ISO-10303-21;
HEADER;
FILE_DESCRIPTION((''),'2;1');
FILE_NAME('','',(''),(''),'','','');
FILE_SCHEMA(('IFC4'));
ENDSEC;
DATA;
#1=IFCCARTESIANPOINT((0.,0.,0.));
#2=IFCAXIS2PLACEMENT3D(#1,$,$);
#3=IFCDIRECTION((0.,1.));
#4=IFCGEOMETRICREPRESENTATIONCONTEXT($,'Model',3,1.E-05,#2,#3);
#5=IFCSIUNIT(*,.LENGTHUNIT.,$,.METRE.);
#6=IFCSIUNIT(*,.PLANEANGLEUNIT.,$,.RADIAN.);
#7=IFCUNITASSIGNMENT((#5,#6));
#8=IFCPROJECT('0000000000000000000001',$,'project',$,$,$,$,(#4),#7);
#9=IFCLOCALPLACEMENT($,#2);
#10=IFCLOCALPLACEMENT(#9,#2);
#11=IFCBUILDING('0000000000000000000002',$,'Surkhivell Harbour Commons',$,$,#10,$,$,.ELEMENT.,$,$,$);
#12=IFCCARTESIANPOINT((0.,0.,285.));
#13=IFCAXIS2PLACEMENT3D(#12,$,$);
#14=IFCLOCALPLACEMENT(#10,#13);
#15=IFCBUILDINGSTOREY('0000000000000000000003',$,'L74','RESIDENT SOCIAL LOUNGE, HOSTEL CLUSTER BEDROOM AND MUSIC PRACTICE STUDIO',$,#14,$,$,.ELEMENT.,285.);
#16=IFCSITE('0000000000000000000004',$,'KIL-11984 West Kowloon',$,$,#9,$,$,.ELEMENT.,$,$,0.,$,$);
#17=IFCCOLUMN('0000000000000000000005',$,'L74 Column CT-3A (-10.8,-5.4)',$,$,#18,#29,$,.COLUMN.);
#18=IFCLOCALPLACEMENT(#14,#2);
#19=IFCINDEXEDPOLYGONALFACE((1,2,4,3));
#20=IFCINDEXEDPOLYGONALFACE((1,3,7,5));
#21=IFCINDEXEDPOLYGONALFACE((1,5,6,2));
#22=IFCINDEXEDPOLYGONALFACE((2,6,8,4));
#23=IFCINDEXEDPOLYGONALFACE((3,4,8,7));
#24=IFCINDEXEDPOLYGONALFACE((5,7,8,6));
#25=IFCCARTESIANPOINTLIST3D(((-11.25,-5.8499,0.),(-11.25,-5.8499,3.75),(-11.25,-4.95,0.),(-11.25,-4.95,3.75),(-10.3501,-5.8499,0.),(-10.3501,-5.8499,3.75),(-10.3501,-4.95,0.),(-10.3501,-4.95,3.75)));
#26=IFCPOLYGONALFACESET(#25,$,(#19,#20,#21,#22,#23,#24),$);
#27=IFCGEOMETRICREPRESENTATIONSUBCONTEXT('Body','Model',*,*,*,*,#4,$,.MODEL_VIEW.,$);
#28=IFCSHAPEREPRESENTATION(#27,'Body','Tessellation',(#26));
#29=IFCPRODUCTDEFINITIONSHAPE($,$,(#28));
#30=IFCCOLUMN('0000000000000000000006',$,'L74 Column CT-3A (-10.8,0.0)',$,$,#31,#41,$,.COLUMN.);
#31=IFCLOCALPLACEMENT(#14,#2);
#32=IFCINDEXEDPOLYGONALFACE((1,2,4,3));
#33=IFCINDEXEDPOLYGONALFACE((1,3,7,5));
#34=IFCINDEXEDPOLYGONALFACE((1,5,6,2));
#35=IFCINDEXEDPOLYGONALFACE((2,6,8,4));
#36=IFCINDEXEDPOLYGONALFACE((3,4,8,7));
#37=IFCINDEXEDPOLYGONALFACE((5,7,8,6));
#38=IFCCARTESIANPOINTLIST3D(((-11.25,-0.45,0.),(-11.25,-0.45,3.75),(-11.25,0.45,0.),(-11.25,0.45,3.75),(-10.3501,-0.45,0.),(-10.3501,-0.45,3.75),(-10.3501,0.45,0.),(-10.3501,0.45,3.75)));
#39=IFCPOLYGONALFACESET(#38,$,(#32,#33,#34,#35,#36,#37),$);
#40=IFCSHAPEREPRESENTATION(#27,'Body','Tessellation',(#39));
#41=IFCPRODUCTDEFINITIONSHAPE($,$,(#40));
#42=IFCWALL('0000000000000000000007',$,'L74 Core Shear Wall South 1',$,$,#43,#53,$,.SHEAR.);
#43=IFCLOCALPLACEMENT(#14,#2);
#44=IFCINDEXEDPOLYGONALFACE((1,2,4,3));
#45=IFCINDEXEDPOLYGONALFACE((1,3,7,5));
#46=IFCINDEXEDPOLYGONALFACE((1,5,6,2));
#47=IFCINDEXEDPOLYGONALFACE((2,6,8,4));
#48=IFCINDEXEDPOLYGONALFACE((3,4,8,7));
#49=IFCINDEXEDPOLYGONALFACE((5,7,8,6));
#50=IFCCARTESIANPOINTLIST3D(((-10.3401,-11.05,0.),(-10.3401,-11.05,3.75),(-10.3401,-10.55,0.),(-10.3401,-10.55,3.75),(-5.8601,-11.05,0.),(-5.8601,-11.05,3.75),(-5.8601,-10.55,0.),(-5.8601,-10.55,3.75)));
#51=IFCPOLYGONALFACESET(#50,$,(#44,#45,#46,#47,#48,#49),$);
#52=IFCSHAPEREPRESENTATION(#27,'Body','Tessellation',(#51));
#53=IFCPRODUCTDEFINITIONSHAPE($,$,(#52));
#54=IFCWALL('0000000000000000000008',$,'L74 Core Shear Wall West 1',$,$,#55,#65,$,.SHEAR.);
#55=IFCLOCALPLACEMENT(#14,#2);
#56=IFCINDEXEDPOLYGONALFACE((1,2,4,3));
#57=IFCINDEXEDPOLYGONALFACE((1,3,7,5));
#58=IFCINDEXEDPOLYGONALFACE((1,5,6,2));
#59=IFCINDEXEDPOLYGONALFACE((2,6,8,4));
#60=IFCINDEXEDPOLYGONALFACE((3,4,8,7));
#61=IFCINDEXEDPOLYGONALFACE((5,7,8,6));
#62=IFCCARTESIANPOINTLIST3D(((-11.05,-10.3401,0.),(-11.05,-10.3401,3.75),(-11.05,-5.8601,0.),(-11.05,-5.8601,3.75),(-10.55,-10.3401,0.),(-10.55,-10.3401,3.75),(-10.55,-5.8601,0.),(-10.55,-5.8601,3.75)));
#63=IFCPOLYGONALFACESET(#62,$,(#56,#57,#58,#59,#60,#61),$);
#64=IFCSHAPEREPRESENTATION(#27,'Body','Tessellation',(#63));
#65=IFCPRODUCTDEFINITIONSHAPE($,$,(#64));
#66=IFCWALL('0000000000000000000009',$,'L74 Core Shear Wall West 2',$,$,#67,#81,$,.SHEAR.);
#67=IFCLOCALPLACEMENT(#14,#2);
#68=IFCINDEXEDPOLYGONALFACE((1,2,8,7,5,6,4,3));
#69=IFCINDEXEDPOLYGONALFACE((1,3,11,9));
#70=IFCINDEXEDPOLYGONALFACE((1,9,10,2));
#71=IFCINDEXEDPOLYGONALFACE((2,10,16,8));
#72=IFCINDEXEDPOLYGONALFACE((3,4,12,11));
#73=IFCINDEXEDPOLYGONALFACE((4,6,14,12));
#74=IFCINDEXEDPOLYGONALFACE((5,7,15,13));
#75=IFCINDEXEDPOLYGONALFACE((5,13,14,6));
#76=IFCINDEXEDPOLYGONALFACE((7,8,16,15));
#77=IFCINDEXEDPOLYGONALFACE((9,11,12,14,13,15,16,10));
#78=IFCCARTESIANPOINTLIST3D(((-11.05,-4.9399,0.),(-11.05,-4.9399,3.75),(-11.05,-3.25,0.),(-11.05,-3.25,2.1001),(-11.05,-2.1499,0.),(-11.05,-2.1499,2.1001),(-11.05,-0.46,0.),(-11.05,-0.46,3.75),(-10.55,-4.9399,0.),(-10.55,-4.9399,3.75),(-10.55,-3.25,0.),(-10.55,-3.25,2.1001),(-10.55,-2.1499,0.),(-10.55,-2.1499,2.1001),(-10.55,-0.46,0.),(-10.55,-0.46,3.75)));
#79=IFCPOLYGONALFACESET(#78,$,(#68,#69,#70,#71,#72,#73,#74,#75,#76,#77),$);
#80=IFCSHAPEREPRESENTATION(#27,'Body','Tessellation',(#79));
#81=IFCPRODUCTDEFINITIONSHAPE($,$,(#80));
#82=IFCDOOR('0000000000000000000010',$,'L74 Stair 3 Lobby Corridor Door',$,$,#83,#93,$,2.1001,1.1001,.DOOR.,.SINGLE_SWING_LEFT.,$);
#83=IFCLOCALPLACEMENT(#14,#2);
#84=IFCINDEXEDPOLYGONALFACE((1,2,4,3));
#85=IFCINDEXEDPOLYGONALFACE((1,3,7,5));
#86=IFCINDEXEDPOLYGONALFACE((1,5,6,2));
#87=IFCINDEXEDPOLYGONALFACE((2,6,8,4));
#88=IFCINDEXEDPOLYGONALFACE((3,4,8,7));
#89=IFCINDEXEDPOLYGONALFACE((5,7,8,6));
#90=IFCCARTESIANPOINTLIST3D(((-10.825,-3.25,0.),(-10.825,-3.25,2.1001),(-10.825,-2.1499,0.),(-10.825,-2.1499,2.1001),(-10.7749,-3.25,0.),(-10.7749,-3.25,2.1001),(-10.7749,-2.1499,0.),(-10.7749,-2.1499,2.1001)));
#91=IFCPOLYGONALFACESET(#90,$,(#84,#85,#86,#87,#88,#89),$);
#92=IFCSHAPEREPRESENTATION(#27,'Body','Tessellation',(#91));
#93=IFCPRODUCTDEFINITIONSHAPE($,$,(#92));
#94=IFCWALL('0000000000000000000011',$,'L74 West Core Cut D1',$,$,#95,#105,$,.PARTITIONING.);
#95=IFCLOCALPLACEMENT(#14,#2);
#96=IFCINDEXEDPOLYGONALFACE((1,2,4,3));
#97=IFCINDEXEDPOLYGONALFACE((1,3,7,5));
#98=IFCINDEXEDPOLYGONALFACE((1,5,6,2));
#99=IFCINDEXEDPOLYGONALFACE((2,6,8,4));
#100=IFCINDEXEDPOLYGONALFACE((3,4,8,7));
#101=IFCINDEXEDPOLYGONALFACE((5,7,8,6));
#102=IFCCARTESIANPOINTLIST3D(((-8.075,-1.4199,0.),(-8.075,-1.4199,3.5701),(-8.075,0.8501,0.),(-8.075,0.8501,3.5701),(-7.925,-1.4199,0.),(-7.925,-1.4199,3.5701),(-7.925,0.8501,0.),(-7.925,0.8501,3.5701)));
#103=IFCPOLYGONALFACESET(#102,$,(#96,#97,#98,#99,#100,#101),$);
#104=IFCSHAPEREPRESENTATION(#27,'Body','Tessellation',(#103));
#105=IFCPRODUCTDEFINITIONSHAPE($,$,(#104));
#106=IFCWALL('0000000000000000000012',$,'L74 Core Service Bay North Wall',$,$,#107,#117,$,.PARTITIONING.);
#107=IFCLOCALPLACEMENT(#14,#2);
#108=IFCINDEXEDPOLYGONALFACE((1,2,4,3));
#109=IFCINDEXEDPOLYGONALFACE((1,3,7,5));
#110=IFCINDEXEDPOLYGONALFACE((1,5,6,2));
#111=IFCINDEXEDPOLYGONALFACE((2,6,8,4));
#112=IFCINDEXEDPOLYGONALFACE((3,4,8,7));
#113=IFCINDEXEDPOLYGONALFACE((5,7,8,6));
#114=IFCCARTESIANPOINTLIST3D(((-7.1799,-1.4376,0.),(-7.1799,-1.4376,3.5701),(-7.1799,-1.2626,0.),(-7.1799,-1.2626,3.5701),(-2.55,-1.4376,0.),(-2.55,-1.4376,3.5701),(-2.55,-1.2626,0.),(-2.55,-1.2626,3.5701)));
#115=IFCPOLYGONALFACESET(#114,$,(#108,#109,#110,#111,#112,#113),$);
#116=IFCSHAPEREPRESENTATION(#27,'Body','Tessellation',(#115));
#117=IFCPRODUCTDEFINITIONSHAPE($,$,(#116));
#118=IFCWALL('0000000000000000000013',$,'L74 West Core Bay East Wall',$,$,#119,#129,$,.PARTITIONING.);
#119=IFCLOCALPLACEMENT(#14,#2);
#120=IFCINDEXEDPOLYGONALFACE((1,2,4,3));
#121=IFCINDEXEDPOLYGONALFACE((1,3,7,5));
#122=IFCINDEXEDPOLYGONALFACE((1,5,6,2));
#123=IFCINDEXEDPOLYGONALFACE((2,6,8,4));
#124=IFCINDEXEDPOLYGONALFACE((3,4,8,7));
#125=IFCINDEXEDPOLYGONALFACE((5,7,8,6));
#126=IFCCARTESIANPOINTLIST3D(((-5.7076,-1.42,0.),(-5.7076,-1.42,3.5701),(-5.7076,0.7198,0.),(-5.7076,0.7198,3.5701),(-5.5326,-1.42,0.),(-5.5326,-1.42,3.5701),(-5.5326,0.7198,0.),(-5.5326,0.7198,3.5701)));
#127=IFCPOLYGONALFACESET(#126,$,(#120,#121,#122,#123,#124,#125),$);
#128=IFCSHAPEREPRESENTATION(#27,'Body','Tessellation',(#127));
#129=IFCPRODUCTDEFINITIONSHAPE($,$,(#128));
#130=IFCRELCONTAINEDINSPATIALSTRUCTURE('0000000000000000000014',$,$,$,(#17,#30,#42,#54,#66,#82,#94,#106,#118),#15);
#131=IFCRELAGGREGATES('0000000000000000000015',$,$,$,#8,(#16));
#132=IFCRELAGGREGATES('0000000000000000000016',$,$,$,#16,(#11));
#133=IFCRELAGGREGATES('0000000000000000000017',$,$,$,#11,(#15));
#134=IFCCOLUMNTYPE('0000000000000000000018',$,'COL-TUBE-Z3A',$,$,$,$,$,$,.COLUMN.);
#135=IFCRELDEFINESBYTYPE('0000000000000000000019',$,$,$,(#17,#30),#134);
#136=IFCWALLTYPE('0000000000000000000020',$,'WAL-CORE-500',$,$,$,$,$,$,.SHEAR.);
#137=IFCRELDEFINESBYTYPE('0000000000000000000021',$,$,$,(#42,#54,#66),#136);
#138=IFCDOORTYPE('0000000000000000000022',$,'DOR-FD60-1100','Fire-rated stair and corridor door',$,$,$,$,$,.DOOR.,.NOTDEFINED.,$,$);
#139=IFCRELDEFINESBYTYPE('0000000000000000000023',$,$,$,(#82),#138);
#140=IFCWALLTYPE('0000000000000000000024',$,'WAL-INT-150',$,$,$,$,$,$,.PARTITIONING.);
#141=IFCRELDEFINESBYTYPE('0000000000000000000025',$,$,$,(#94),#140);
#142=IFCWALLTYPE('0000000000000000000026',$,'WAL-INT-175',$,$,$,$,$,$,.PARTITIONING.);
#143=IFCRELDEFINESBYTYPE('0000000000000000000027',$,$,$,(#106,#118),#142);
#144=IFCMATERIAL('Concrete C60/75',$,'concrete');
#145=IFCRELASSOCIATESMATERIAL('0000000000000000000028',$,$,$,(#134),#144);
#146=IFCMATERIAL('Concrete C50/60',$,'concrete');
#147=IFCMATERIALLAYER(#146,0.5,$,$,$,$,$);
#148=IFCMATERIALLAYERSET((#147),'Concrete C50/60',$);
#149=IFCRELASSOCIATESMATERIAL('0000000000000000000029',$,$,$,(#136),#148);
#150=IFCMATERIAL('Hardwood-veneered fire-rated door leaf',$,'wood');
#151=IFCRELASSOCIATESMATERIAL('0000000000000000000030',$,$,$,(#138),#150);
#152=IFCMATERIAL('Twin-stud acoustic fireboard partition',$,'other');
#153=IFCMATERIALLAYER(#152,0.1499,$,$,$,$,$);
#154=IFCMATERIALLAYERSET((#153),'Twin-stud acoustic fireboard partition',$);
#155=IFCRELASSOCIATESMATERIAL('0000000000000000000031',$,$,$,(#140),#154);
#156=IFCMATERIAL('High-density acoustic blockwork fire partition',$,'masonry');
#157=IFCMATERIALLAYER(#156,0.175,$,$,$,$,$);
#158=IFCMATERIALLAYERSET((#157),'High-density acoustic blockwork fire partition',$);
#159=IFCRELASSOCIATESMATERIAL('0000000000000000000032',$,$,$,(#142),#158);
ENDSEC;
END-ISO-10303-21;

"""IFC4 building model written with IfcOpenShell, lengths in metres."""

from ifc_helpers import new_model, si_unit, direction, frame, frame_2d, origin, origin_2d, place, context, subcontext, project, spatial, rectangle, extrude, material, layer, layer_set, material_profile, profile_set, type_object, element, fill, save


model = new_model("IFC4")

# Units and contexts
model_context = context("Model", 3, precision=1e-05, world=origin(), true_north=direction((0.0, 1.0)))
body_context = subcontext(model_context, "Body", "Model", "MODEL_VIEW")
ifc_project = project(units=[si_unit("LENGTHUNIT", "METRE"), si_unit("PLANEANGLEUNIT", "RADIAN")], contexts=[model_context])

# Site, building, storey
site_placement = place(None, origin())
site = spatial("IfcSite", under=ifc_project, at=site_placement, Name="KIL-11984 West Kowloon", CompositionType="ELEMENT", RefElevation=0.0)
building_placement = place(site_placement, origin())
building = spatial("IfcBuilding", under=site, at=building_placement, Name="Surkhivell Harbour Commons", CompositionType="ELEMENT")
storey_placement = place(building_placement, frame((0.0, 0.0, 285.0)))
storey = spatial("IfcBuildingStorey", under=building, at=storey_placement, Name="L74", Description="RESIDENT SOCIAL LOUNGE, HOSTEL CLUSTER BEDROOM AND MUSIC PRACTICE STUDIO", CompositionType="ELEMENT", Elevation=285.0)

# Columns
ifc_material_1 = material(Name="Concrete C60/75", Category="concrete")
ifc_material_profile = material_profile(ifc_material_1, rectangle(XDim=0.8999, YDim=0.8999, at=origin_2d()), Name="RC-COL-900x900")
ifc_profile_set = profile_set([ifc_material_profile], Name="Concrete C60/75")
column_type = type_object("IfcColumnType", Name="COL-TUBE-Z3A", PredefinedType="COLUMN", material=ifc_profile_set)
for number, where, z_axis, x_axis, name in (
    (1, (-10.8, -5.3999, 0.0), (0.0, 0.0, 1.0), (1.0, 0.0, 0.0), "L74 Column CT-3A (-10.8,-5.4)"),
    (2, (-10.8, 0.0, 0.0), (0.0, 0.0, 1.0), (1.0, 0.0, 0.0), "L74 Column CT-3A (-10.8,0.0)"),
):
    element("IfcColumn", number, at=place(storey_placement, frame(where, z_axis=z_axis, x_axis=x_axis)), inside=storey, type_object=column_type, Name=name, PredefinedType="COLUMN", context=body_context, shape_type="SweptSolid", body=[
        extrude(rectangle(XDim=0.8999, YDim=0.8999, at=origin_2d()), origin(), (0.0, 0.0, 1.0), 3.75),
    ])

# Walls
ifc_material_2 = material(Name="Concrete C50/60", Category="concrete")
ifc_layer_1 = layer(ifc_material_2, 0.5)
ifc_layer_set_1 = layer_set([ifc_layer_1], Name="Concrete C50/60")
wall_type_1 = type_object("IfcWallType", Name="WAL-CORE-500", PredefinedType="SHEAR", material=ifc_layer_set_1)
for number, where, z_axis, x_axis, name in (
    (3, (-10.3401, -10.8, 0.0), (0.0, 0.0, 1.0), (1.0, 0.0, 0.0), "L74 Core Shear Wall South 1"),
    (4, (-10.8, -10.3401, 0.0), (0.0, 0.0, 1.0), (0.0, 1.0, 0.0), "L74 Core Shear Wall West 1"),
):
    element("IfcWall", number, at=place(storey_placement, frame(where, z_axis=z_axis, x_axis=x_axis)), inside=storey, type_object=wall_type_1, Name=name, PredefinedType="SHEAR", context=body_context, shape_type="SweptSolid", body=[
        extrude(rectangle(XDim=4.48, YDim=0.5, at=frame_2d((2.24, 0.0))), origin(), (0.0, 0.0, 1.0), 3.75),
    ])

# Wall, opening, door
wall_1_placement = place(storey_placement, frame((-10.8, -4.9399, 0.0), z_axis=(0.0, 0.0, 1.0), x_axis=(0.0, 1.0, 0.0)))
wall_1 = element("IfcWall", 5, at=wall_1_placement, inside=storey, type_object=wall_type_1, Name="L74 Core Shear Wall West 2", PredefinedType="SHEAR", context=body_context, shape_type="SweptSolid", body=[
    extrude(rectangle(XDim=4.48, YDim=0.5, at=frame_2d((2.24, 0.0))), origin(), (0.0, 0.0, 1.0), 3.75),
])
opening_1_placement = place(wall_1_placement, frame((1.6899, 0.0, 0.0)))
opening_1 = element("IfcOpeningElement", 6, at=opening_1_placement, cuts=wall_1, PredefinedType="OPENING", context=body_context, shape_type="SweptSolid", body=[
    extrude(rectangle(XDim=1.1001, YDim=2.1001, at=frame_2d((0.55, 1.05))), frame((0.0, 0.26, 0.0), z_axis=(0.0, -1.0, 0.0), x_axis=(1.0, 0.0, 0.0)), (0.0, 0.0, 1.0), 0.52),
])
ifc_material_3 = material(Name="Hardwood-veneered fire-rated door leaf", Category="wood")
door_type_1 = type_object("IfcDoorType", Name="DOR-FD60-1100", Description="Fire-rated stair and corridor door", OperationType="NOTDEFINED", PredefinedType="DOOR", material=ifc_material_3)
door_1_placement = place(opening_1_placement, origin())
door_1 = element("IfcDoor", 7, at=door_1_placement, inside=storey, type_object=door_type_1, Name="L74 Stair 3 Lobby Corridor Door", OperationType="SINGLE_SWING_LEFT", OverallHeight=2.1001, OverallWidth=1.1001, PredefinedType="DOOR", context=body_context, shape_type="SweptSolid", body=[
    extrude(rectangle(XDim=1.1001, YDim=2.1001, at=frame_2d((0.55, 1.05))), frame((0.0, 0.0249, 0.0), z_axis=(0.0, -1.0, 0.0), x_axis=(1.0, 0.0, 0.0)), (0.0, 0.0, 1.0), 0.05),
])
fill(opening_1, door_1)

# Walls
ifc_material_4 = material(Name="Twin-stud acoustic fireboard partition", Category="other")
ifc_layer_2 = layer(ifc_material_4, 0.1499)
ifc_layer_set_2 = layer_set([ifc_layer_2], Name="Twin-stud acoustic fireboard partition")
wall_type_2 = type_object("IfcWallType", Name="WAL-INT-150", PredefinedType="PARTITIONING", material=ifc_layer_set_2)
wall_2_placement = place(storey_placement, frame((-8.0, -1.4199, 0.0), z_axis=(0.0, 0.0, 1.0), x_axis=(0.0, 1.0, 0.0)))
element("IfcWall", 8, at=wall_2_placement, inside=storey, type_object=wall_type_2, Name="L74 West Core Cut D1", PredefinedType="PARTITIONING", context=body_context, shape_type="SweptSolid", body=[
    extrude(rectangle(XDim=2.27, YDim=0.1499, at=frame_2d((1.135, 0.0))), origin(), (0.0, 0.0, 1.0), 3.5701),
])
ifc_material_5 = material(Name="High-density acoustic blockwork fire partition", Category="masonry")
ifc_layer_3 = layer(ifc_material_5, 0.175)
ifc_layer_set_3 = layer_set([ifc_layer_3], Name="High-density acoustic blockwork fire partition")
wall_type_3 = type_object("IfcWallType", Name="WAL-INT-175", PredefinedType="PARTITIONING", material=ifc_layer_set_3)
wall_3_placement = place(storey_placement, frame((-7.1799, -1.3501, 0.0), z_axis=(0.0, 0.0, 1.0), x_axis=(1.0, 0.0, 0.0)))
element("IfcWall", 9, at=wall_3_placement, inside=storey, type_object=wall_type_3, Name="L74 Core Service Bay North Wall", PredefinedType="PARTITIONING", context=body_context, shape_type="SweptSolid", body=[
    extrude(rectangle(XDim=4.6299, YDim=0.175, at=frame_2d((2.3149, 0.0))), origin(), (0.0, 0.0, 1.0), 3.5701),
])
wall_4_placement = place(storey_placement, frame((-5.6201, -1.4199, 0.0), z_axis=(0.0, 0.0, 1.0), x_axis=(0.0, 1.0, 0.0)))
element("IfcWall", 10, at=wall_4_placement, inside=storey, type_object=wall_type_3, Name="L74 West Core Bay East Wall", PredefinedType="PARTITIONING", context=body_context, shape_type="SweptSolid", body=[
    extrude(rectangle(XDim=2.1399, YDim=0.175, at=frame_2d((1.0698, 0.0))), origin(), (0.0, 0.0, 1.0), 3.5701),
])

save(model, "model.ifc")
